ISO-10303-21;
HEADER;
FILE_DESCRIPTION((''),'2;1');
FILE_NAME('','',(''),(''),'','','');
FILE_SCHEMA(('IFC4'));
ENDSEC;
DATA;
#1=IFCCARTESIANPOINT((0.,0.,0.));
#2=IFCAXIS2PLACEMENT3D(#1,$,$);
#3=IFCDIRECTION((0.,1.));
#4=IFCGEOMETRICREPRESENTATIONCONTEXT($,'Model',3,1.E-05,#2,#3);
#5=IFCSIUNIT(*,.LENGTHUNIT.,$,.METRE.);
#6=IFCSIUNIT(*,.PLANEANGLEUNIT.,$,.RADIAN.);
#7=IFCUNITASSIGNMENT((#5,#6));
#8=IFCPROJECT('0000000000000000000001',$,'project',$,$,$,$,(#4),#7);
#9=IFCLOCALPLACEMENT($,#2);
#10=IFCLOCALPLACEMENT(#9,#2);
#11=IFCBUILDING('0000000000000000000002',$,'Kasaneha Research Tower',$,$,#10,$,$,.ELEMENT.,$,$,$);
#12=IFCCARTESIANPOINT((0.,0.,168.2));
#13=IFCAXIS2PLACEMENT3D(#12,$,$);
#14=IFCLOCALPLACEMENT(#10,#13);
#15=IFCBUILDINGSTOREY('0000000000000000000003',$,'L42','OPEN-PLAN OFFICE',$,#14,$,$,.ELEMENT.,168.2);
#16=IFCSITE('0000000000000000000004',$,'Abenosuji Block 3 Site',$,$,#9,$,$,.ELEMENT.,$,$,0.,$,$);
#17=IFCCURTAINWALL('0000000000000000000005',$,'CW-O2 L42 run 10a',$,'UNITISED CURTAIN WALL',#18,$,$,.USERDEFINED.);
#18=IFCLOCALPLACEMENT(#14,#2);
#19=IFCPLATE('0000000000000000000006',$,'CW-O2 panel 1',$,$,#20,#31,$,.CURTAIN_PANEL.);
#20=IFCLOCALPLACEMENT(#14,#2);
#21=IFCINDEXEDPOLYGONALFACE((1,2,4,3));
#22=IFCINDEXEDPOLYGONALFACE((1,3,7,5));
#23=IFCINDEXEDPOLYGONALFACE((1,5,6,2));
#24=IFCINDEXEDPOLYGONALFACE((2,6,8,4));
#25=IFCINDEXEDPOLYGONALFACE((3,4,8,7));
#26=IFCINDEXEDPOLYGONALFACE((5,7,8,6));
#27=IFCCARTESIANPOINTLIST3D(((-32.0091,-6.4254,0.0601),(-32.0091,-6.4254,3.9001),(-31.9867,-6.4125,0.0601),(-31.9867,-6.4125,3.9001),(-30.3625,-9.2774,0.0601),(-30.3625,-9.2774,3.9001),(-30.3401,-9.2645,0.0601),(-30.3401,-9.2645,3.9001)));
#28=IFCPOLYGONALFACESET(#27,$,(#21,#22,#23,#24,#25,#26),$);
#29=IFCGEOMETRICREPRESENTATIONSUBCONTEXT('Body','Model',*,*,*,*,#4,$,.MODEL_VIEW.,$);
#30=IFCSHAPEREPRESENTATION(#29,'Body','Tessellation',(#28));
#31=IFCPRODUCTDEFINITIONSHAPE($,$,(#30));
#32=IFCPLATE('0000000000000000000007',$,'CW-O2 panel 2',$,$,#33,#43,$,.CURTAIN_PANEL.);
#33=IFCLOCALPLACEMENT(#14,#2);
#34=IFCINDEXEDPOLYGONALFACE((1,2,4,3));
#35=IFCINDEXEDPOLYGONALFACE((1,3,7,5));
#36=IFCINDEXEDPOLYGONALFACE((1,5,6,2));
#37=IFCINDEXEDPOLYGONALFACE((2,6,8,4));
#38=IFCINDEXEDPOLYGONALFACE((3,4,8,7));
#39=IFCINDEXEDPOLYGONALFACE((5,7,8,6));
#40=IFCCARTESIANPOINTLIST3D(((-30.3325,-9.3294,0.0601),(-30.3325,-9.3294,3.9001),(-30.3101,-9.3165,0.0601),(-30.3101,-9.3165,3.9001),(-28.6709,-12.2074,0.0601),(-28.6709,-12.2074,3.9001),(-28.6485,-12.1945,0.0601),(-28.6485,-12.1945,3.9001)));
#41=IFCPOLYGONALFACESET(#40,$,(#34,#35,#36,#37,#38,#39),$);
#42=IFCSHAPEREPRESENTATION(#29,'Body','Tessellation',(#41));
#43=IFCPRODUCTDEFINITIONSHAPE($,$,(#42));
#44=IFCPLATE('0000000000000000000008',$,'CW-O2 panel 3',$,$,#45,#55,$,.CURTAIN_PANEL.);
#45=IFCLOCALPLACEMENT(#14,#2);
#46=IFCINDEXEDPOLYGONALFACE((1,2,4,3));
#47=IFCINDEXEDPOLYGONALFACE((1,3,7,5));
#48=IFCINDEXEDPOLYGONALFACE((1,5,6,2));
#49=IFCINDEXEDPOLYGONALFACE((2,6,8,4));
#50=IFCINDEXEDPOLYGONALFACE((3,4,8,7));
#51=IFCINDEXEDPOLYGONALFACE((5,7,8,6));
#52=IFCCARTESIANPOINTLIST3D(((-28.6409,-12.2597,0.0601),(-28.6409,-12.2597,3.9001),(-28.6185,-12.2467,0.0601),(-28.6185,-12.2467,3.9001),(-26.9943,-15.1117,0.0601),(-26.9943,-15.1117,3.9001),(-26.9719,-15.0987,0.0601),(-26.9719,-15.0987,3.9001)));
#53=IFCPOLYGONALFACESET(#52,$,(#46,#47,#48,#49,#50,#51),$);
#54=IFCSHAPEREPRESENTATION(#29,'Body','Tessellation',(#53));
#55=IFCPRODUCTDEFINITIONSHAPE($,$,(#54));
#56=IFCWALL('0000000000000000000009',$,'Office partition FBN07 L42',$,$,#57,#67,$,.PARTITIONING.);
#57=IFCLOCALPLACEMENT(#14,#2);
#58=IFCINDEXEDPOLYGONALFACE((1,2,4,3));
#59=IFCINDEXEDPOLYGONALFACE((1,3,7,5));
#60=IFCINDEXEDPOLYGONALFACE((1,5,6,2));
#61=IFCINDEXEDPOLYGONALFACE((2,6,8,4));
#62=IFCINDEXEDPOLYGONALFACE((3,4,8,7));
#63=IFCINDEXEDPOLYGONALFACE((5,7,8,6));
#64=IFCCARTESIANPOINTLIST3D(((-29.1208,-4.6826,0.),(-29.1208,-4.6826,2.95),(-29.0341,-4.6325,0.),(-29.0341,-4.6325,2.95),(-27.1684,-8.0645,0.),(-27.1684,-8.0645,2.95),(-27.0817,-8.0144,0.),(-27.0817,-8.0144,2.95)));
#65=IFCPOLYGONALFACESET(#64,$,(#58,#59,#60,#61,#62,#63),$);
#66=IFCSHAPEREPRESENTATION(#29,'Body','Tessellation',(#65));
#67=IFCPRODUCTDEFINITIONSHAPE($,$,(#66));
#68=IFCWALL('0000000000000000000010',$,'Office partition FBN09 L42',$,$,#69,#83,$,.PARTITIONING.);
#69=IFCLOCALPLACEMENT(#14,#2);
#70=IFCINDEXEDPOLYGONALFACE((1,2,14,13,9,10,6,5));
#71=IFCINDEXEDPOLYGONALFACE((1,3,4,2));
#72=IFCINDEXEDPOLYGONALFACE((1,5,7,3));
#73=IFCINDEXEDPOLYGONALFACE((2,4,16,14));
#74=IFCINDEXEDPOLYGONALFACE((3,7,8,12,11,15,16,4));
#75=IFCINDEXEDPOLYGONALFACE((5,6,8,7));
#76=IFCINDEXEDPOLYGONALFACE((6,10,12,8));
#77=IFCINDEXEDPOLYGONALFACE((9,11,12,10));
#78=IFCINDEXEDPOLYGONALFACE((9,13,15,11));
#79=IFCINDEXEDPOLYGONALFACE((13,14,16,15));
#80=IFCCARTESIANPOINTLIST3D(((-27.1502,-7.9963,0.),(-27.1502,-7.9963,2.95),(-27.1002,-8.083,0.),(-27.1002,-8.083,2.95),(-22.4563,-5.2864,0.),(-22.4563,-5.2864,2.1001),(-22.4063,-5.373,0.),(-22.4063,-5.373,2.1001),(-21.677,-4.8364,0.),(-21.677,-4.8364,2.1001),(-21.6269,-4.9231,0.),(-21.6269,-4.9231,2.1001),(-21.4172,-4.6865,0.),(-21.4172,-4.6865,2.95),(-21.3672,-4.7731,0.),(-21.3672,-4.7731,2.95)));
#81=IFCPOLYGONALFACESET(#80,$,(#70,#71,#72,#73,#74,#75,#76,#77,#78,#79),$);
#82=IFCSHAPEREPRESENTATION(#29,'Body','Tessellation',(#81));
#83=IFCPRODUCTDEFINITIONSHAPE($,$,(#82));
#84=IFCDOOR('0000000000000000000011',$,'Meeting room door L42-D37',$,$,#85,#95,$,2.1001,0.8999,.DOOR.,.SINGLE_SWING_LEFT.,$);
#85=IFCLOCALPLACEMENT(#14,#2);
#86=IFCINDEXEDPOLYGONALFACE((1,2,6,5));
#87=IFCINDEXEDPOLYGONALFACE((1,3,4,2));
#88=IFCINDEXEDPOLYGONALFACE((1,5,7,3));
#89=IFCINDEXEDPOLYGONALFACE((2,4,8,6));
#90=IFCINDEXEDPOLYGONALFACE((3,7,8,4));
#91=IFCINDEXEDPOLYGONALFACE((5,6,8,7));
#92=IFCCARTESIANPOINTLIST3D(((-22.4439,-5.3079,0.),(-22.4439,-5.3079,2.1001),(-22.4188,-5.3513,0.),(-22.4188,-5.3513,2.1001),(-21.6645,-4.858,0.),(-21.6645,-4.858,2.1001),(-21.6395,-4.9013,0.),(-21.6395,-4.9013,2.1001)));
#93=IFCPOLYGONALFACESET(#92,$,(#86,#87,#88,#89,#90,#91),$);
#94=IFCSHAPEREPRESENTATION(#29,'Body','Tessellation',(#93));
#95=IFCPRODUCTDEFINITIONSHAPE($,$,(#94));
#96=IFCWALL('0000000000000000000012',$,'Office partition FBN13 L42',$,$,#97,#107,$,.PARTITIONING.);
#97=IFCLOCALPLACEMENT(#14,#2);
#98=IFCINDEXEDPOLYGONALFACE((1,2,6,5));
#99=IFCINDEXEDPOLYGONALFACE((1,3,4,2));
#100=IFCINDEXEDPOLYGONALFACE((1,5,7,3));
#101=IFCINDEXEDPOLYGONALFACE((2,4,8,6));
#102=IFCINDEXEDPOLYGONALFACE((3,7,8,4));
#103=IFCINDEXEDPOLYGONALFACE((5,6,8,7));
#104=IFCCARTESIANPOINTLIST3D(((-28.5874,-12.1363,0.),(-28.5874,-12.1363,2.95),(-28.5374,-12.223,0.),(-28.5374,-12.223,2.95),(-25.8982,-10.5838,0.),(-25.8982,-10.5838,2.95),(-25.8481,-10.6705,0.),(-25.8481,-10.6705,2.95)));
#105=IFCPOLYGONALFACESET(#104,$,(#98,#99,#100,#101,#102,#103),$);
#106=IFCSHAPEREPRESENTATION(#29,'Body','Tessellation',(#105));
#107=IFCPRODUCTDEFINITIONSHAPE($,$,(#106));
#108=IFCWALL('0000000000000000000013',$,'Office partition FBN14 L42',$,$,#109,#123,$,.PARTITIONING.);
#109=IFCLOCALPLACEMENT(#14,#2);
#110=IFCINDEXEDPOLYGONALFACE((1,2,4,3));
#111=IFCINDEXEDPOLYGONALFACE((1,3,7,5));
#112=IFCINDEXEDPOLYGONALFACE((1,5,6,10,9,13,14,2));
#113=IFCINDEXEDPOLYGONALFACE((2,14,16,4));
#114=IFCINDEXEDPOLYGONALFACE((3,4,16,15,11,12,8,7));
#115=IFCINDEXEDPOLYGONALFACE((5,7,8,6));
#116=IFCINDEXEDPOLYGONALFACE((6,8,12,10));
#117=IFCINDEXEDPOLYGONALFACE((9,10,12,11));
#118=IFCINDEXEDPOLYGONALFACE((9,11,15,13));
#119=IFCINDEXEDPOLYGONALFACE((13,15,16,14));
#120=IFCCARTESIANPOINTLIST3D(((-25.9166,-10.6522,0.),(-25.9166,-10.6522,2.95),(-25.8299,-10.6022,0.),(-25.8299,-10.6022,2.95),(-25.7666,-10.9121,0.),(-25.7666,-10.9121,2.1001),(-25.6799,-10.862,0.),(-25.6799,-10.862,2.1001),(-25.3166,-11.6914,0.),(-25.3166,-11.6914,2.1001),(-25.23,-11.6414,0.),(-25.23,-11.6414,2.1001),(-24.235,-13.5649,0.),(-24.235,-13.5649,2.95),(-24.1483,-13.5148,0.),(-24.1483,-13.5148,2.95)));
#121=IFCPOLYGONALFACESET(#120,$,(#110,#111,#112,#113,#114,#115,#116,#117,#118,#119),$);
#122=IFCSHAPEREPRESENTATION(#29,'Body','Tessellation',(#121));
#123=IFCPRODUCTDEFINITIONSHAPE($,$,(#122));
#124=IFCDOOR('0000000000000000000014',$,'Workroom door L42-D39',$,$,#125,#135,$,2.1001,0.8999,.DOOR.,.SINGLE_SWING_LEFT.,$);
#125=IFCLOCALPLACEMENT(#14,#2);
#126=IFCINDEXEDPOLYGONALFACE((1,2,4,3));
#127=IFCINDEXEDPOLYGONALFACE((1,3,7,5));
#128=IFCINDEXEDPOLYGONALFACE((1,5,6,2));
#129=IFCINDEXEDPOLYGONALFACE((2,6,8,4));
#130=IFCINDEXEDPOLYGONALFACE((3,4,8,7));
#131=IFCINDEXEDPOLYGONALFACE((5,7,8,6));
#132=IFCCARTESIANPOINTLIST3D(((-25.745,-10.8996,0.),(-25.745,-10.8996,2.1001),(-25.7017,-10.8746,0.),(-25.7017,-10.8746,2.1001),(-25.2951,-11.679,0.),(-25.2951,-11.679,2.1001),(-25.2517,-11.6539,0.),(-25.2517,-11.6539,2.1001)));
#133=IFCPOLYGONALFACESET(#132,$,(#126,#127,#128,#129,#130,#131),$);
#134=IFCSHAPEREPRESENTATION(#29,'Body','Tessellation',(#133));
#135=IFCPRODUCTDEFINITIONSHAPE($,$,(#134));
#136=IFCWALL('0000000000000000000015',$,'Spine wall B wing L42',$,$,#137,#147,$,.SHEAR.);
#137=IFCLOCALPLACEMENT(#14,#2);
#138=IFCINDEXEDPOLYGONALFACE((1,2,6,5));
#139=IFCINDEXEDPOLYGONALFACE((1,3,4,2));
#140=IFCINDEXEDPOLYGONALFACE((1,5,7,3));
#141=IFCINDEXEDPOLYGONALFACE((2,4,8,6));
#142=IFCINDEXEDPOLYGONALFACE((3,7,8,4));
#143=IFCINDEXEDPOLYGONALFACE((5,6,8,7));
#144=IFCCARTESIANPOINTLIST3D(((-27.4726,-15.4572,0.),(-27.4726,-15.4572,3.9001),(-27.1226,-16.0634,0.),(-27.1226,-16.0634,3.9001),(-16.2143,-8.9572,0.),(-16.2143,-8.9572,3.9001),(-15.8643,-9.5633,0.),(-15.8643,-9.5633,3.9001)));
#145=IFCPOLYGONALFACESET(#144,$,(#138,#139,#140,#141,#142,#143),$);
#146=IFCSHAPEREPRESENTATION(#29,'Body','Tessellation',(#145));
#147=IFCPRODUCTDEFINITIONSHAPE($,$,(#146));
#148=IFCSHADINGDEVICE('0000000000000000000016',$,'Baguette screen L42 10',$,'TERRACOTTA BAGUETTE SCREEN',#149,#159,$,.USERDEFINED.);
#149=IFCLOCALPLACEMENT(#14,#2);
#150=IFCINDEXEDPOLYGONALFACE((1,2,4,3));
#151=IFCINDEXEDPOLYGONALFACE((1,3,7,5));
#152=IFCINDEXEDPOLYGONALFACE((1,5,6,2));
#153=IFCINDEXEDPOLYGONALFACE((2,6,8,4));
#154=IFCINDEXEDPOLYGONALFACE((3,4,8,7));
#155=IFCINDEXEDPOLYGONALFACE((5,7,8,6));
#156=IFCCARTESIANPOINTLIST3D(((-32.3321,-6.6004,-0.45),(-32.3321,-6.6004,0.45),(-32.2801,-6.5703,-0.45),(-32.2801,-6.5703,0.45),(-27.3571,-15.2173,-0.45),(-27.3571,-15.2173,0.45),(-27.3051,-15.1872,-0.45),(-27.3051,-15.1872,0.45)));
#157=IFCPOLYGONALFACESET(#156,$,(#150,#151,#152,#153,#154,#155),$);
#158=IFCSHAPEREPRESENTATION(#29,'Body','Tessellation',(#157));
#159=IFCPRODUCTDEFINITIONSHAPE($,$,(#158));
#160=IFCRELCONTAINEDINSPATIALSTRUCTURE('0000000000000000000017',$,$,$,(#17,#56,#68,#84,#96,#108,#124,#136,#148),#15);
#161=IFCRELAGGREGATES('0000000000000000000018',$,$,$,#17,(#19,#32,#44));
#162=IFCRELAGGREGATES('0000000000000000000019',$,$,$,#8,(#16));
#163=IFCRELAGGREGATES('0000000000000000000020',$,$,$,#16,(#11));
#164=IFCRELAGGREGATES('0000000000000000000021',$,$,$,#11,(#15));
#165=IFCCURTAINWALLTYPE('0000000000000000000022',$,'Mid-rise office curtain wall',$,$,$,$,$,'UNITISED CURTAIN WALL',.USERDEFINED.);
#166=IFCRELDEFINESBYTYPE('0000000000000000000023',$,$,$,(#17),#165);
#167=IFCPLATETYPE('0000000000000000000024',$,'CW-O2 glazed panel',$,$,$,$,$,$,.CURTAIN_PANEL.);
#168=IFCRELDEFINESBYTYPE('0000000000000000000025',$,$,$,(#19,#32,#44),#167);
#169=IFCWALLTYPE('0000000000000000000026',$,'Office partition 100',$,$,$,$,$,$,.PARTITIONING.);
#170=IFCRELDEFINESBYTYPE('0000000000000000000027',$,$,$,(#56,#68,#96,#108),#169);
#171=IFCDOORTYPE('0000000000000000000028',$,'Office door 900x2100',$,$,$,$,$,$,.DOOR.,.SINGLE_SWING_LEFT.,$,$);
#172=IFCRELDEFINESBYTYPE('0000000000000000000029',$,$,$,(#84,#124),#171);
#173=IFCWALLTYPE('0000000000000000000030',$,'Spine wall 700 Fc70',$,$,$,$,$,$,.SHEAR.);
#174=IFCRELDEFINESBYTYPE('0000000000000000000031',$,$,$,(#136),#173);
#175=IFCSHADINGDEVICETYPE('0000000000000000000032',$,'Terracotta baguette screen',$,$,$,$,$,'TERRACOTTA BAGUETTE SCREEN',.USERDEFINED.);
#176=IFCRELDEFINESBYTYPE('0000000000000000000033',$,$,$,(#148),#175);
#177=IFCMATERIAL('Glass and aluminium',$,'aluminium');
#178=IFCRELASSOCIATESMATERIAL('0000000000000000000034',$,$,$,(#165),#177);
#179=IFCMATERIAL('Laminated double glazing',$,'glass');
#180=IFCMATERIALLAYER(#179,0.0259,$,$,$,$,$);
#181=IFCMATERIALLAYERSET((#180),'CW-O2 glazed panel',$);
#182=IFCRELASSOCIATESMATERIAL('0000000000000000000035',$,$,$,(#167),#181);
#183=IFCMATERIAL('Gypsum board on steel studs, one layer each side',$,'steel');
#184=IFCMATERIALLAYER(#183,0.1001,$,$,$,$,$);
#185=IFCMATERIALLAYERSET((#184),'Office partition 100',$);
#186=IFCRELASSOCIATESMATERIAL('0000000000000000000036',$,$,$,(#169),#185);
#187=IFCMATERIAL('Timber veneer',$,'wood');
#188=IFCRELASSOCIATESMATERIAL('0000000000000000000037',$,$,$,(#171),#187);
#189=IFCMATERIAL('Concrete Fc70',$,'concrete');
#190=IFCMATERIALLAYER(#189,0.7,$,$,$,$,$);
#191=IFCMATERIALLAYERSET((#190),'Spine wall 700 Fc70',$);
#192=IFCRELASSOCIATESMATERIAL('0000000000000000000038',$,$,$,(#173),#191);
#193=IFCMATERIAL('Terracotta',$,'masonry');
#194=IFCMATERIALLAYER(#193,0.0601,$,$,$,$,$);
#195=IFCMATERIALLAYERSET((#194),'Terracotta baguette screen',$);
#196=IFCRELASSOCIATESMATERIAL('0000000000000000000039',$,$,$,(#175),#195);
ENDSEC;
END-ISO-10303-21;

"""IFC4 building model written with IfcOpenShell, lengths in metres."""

from ifc_helpers import new_model, si_unit, direction, frame, frame_2d, origin, origin_2d, place, context, subcontext, project, spatial, rectangle, extrude, material, layer, layer_set, type_object, element, fill, aggregate, save


model = new_model("IFC4")

# Units and contexts
model_context = context("Model", 3, precision=1e-05, world=origin(), true_north=direction((0.0, 1.0)))
body_context = subcontext(model_context, "Body", "Model", "MODEL_VIEW")
ifc_project = project(units=[si_unit("LENGTHUNIT", "METRE"), si_unit("PLANEANGLEUNIT", "RADIAN")], contexts=[model_context])

# Site, building, storey
site_placement = place(None, origin())
site = spatial("IfcSite", under=ifc_project, at=site_placement, Name="Abenosuji Block 3 Site", CompositionType="ELEMENT", RefElevation=0.0)
building_placement = place(site_placement, origin())
building = spatial("IfcBuilding", under=site, at=building_placement, Name="Kasaneha Research Tower", CompositionType="ELEMENT")
storey_placement = place(building_placement, frame((0.0, 0.0, 168.2)))
storey = spatial("IfcBuildingStorey", under=building, at=storey_placement, Name="L42", Description="OPEN-PLAN OFFICE", CompositionType="ELEMENT", Elevation=168.2)

# Curtain wall
ifc_material_1 = material(Name="Glass and aluminium", Category="aluminium")
curtain_wall_type = type_object("IfcCurtainWallType", Name="Mid-rise office curtain wall", ElementType="UNITISED CURTAIN WALL", PredefinedType="USERDEFINED", material=ifc_material_1)
curtain_wall_1_placement = place(storey_placement, origin())
curtain_wall_1 = element("IfcCurtainWall", 1, at=curtain_wall_1_placement, inside=storey, type_object=curtain_wall_type, Name="CW-O2 L42 run 10a", ObjectType="UNITISED CURTAIN WALL", PredefinedType="USERDEFINED")

# Plates
ifc_material_2 = material(Name="Laminated double glazing", Category="glass")
ifc_layer_1 = layer(ifc_material_2, 0.0259)
ifc_layer_set_1 = layer_set([ifc_layer_1], Name="CW-O2 glazed panel")
plate_type = type_object("IfcPlateType", Name="CW-O2 glazed panel", PredefinedType="CURTAIN_PANEL", material=ifc_layer_set_1)
plate_1_placement = place(storey_placement, frame((-31.1746, -7.845, 0.0601), z_axis=(0.0, 0.0, 1.0), x_axis=(0.5, -0.866025, 0.0)))
plate_1 = element("IfcPlate", 2, at=plate_1_placement, type_object=plate_type, Name="CW-O2 panel 1", PredefinedType="CURTAIN_PANEL", context=body_context, shape_type="SweptSolid", body=[
    extrude(rectangle(XDim=3.2932, YDim=0.0259, at=origin_2d()), origin(), (0.0, 0.0, 1.0), 3.8401),
])
plate_2_placement = place(storey_placement, frame((-29.4905, -10.762, 0.0601), z_axis=(0.0, 0.0, 1.0), x_axis=(0.5, -0.866025, 0.0)))
plate_2 = element("IfcPlate", 3, at=plate_2_placement, type_object=plate_type, Name="CW-O2 panel 2", PredefinedType="CURTAIN_PANEL", context=body_context, shape_type="SweptSolid", body=[
    extrude(rectangle(XDim=3.3232, YDim=0.0259, at=origin_2d()), origin(), (0.0, 0.0, 1.0), 3.8401),
])
plate_3_placement = place(storey_placement, frame((-27.8064, -13.6792, 0.0601), z_axis=(0.0, 0.0, 1.0), x_axis=(0.5, -0.866025, 0.0)))
plate_3 = element("IfcPlate", 4, at=plate_3_placement, type_object=plate_type, Name="CW-O2 panel 3", PredefinedType="CURTAIN_PANEL", context=body_context, shape_type="SweptSolid", body=[
    extrude(rectangle(XDim=3.2932, YDim=0.0259, at=origin_2d()), origin(), (0.0, 0.0, 1.0), 3.8401),
])
aggregate(curtain_wall_1, [plate_1, plate_2, plate_3])

# Wall
ifc_material_3 = material(Name="Gypsum board on steel studs, one layer each side", Category="steel")
ifc_layer_2 = layer(ifc_material_3, 0.1001)
ifc_layer_set_2 = layer_set([ifc_layer_2], Name="Office partition 100")
wall_type_1 = type_object("IfcWallType", Name="Office partition 100", PredefinedType="PARTITIONING", material=ifc_layer_set_2)
wall_1_placement = place(storey_placement, frame((-27.125, -8.0396, 0.0), z_axis=(0.0, 0.0, 1.0), x_axis=(-0.499979, 0.866038, 0.0)))
element("IfcWall", 5, at=wall_1_placement, inside=storey, type_object=wall_type_1, Name="Office partition FBN07 L42", PredefinedType="PARTITIONING", context=body_context, shape_type="SweptSolid", body=[
    extrude(rectangle(XDim=3.905, YDim=0.1001, at=frame_2d((1.9526, 0.0))), origin(), (0.0, 0.0, 1.0), 2.95),
])

# Wall, opening, door
wall_2_placement = place(storey_placement, frame((-21.3921, -4.7297, 0.0), z_axis=(0.0, 0.0, 1.0), x_axis=(-0.866031, -0.499991, 0.0)))
wall_2 = element("IfcWall", 6, at=wall_2_placement, inside=storey, type_object=wall_type_1, Name="Office partition FBN09 L42", PredefinedType="PARTITIONING", context=body_context, shape_type="SweptSolid", body=[
    extrude(rectangle(XDim=6.6199, YDim=0.1001, at=frame_2d((3.3101, 0.0))), origin(), (0.0, 0.0, 1.0), 2.95),
])
opening_1_placement = place(wall_2_placement, frame((0.3, 0.0, 0.0)))
opening_1 = element("IfcOpeningElement", 7, at=opening_1_placement, cuts=wall_2, PredefinedType="OPENING", context=body_context, shape_type="SweptSolid", body=[
    extrude(rectangle(XDim=0.8999, YDim=2.1001, at=frame_2d((0.45, 1.05))), frame((0.0, 0.0601, 0.0), z_axis=(0.0, -1.0, 0.0), x_axis=(1.0, 0.0, 0.0)), (0.0, 0.0, 1.0), 0.1201),
])
ifc_material_4 = material(Name="Timber veneer", Category="wood")
door_type = type_object("IfcDoorType", Name="Office door 900x2100", OperationType="SINGLE_SWING_LEFT", PredefinedType="DOOR", material=ifc_material_4)
door_1_placement = place(opening_1_placement, origin())
door_1 = element("IfcDoor", 8, at=door_1_placement, inside=storey, type_object=door_type, Name="Meeting room door L42-D37", OperationType="SINGLE_SWING_LEFT", OverallHeight=2.1001, OverallWidth=0.8999, PredefinedType="DOOR", context=body_context, shape_type="SweptSolid", body=[
    extrude(rectangle(XDim=0.8999, YDim=2.1001, at=frame_2d((0.45, 1.05))), frame((0.0, 0.0249, 0.0), z_axis=(0.0, -1.0, 0.0), x_axis=(1.0, 0.0, 0.0)), (0.0, 0.0, 1.0), 0.05),
])
fill(opening_1, door_1)

# Wall
wall_3_placement = place(storey_placement, frame((-28.5625, -12.1797, 0.0), z_axis=(0.0, 0.0, 1.0), x_axis=(0.866043, 0.49997, 0.0)))
element("IfcWall", 9, at=wall_3_placement, inside=storey, type_object=wall_type_1, Name="Office partition FBN13 L42", PredefinedType="PARTITIONING", context=body_context, shape_type="SweptSolid", body=[
    extrude(rectangle(XDim=3.1052, YDim=0.1001, at=frame_2d((1.5527, 0.0))), origin(), (0.0, 0.0, 1.0), 2.95),
])

# Wall, opening, door
wall_4_placement = place(storey_placement, frame((-25.8733, -10.6272, 0.0), z_axis=(0.0, 0.0, 1.0), x_axis=(0.500012, -0.866019, 0.0)))
wall_4 = element("IfcWall", 10, at=wall_4_placement, inside=storey, type_object=wall_type_1, Name="Office partition FBN14 L42", PredefinedType="PARTITIONING", context=body_context, shape_type="SweptSolid", body=[
    extrude(rectangle(XDim=3.3633, YDim=0.1001, at=frame_2d((1.6816, 0.0))), origin(), (0.0, 0.0, 1.0), 2.95),
])
opening_2_placement = place(wall_4_placement, frame((0.3, 0.0, 0.0)))
opening_2 = element("IfcOpeningElement", 11, at=opening_2_placement, cuts=wall_4, PredefinedType="OPENING", context=body_context, shape_type="SweptSolid", body=[
    extrude(rectangle(XDim=0.8999, YDim=2.1001, at=frame_2d((0.45, 1.05))), frame((0.0, 0.0601, 0.0), z_axis=(0.0, -1.0, 0.0), x_axis=(1.0, 0.0, 0.0)), (0.0, 0.0, 1.0), 0.1201),
])
door_2_placement = place(opening_2_placement, origin())
door_2 = element("IfcDoor", 12, at=door_2_placement, inside=storey, type_object=door_type, Name="Workroom door L42-D39", OperationType="SINGLE_SWING_LEFT", OverallHeight=2.1001, OverallWidth=0.8999, PredefinedType="DOOR", context=body_context, shape_type="SweptSolid", body=[
    extrude(rectangle(XDim=0.8999, YDim=2.1001, at=frame_2d((0.45, 1.05))), frame((0.0, 0.0249, 0.0), z_axis=(0.0, -1.0, 0.0), x_axis=(1.0, 0.0, 0.0)), (0.0, 0.0, 1.0), 0.05),
])
fill(opening_2, door_2)

# Wall
ifc_material_5 = material(Name="Concrete Fc70", Category="concrete")
ifc_layer_3 = layer(ifc_material_5, 0.7)
ifc_layer_set_3 = layer_set([ifc_layer_3], Name="Spine wall 700 Fc70")
wall_type_2 = type_object("IfcWallType", Name="Spine wall 700 Fc70", PredefinedType="SHEAR", material=ifc_layer_set_3)
wall_5_placement = place(storey_placement, frame((-16.0393, -9.2603, 0.0), z_axis=(0.0, 0.0, 1.0), x_axis=(-0.866025, -0.500001, 0.0)))
element("IfcWall", 13, at=wall_5_placement, inside=storey, type_object=wall_type_2, Name="Spine wall B wing L42", PredefinedType="SHEAR", context=body_context, shape_type="SweptSolid", body=[
    extrude(rectangle(XDim=13.0, YDim=0.7, at=frame_2d((6.5, 0.0))), origin(), (0.0, 0.0, 1.0), 3.9001),
])

# Shading device
ifc_material_6 = material(Name="Terracotta", Category="masonry")
ifc_layer_4 = layer(ifc_material_6, 0.0601)
ifc_layer_set_4 = layer_set([ifc_layer_4], Name="Terracotta baguette screen")
shading_device_type = type_object("IfcShadingDeviceType", Name="Terracotta baguette screen", ElementType="TERRACOTTA BAGUETTE SCREEN", PredefinedType="USERDEFINED", material=ifc_layer_set_4)
shading_device_placement = place(storey_placement, frame((-29.8186, -10.8938, -0.45), z_axis=(0.0, 0.0, 1.0), x_axis=(0.5, -0.866025, 0.0)))
element("IfcShadingDevice", 14, at=shading_device_placement, inside=storey, type_object=shading_device_type, Name="Baguette screen L42 10", ObjectType="TERRACOTTA BAGUETTE SCREEN", PredefinedType="USERDEFINED", context=body_context, shape_type="SweptSolid", body=[
    extrude(rectangle(XDim=9.95, YDim=0.0601, at=origin_2d()), origin(), (0.0, 0.0, 1.0), 0.8999),
])

save(model, "model.ifc")
